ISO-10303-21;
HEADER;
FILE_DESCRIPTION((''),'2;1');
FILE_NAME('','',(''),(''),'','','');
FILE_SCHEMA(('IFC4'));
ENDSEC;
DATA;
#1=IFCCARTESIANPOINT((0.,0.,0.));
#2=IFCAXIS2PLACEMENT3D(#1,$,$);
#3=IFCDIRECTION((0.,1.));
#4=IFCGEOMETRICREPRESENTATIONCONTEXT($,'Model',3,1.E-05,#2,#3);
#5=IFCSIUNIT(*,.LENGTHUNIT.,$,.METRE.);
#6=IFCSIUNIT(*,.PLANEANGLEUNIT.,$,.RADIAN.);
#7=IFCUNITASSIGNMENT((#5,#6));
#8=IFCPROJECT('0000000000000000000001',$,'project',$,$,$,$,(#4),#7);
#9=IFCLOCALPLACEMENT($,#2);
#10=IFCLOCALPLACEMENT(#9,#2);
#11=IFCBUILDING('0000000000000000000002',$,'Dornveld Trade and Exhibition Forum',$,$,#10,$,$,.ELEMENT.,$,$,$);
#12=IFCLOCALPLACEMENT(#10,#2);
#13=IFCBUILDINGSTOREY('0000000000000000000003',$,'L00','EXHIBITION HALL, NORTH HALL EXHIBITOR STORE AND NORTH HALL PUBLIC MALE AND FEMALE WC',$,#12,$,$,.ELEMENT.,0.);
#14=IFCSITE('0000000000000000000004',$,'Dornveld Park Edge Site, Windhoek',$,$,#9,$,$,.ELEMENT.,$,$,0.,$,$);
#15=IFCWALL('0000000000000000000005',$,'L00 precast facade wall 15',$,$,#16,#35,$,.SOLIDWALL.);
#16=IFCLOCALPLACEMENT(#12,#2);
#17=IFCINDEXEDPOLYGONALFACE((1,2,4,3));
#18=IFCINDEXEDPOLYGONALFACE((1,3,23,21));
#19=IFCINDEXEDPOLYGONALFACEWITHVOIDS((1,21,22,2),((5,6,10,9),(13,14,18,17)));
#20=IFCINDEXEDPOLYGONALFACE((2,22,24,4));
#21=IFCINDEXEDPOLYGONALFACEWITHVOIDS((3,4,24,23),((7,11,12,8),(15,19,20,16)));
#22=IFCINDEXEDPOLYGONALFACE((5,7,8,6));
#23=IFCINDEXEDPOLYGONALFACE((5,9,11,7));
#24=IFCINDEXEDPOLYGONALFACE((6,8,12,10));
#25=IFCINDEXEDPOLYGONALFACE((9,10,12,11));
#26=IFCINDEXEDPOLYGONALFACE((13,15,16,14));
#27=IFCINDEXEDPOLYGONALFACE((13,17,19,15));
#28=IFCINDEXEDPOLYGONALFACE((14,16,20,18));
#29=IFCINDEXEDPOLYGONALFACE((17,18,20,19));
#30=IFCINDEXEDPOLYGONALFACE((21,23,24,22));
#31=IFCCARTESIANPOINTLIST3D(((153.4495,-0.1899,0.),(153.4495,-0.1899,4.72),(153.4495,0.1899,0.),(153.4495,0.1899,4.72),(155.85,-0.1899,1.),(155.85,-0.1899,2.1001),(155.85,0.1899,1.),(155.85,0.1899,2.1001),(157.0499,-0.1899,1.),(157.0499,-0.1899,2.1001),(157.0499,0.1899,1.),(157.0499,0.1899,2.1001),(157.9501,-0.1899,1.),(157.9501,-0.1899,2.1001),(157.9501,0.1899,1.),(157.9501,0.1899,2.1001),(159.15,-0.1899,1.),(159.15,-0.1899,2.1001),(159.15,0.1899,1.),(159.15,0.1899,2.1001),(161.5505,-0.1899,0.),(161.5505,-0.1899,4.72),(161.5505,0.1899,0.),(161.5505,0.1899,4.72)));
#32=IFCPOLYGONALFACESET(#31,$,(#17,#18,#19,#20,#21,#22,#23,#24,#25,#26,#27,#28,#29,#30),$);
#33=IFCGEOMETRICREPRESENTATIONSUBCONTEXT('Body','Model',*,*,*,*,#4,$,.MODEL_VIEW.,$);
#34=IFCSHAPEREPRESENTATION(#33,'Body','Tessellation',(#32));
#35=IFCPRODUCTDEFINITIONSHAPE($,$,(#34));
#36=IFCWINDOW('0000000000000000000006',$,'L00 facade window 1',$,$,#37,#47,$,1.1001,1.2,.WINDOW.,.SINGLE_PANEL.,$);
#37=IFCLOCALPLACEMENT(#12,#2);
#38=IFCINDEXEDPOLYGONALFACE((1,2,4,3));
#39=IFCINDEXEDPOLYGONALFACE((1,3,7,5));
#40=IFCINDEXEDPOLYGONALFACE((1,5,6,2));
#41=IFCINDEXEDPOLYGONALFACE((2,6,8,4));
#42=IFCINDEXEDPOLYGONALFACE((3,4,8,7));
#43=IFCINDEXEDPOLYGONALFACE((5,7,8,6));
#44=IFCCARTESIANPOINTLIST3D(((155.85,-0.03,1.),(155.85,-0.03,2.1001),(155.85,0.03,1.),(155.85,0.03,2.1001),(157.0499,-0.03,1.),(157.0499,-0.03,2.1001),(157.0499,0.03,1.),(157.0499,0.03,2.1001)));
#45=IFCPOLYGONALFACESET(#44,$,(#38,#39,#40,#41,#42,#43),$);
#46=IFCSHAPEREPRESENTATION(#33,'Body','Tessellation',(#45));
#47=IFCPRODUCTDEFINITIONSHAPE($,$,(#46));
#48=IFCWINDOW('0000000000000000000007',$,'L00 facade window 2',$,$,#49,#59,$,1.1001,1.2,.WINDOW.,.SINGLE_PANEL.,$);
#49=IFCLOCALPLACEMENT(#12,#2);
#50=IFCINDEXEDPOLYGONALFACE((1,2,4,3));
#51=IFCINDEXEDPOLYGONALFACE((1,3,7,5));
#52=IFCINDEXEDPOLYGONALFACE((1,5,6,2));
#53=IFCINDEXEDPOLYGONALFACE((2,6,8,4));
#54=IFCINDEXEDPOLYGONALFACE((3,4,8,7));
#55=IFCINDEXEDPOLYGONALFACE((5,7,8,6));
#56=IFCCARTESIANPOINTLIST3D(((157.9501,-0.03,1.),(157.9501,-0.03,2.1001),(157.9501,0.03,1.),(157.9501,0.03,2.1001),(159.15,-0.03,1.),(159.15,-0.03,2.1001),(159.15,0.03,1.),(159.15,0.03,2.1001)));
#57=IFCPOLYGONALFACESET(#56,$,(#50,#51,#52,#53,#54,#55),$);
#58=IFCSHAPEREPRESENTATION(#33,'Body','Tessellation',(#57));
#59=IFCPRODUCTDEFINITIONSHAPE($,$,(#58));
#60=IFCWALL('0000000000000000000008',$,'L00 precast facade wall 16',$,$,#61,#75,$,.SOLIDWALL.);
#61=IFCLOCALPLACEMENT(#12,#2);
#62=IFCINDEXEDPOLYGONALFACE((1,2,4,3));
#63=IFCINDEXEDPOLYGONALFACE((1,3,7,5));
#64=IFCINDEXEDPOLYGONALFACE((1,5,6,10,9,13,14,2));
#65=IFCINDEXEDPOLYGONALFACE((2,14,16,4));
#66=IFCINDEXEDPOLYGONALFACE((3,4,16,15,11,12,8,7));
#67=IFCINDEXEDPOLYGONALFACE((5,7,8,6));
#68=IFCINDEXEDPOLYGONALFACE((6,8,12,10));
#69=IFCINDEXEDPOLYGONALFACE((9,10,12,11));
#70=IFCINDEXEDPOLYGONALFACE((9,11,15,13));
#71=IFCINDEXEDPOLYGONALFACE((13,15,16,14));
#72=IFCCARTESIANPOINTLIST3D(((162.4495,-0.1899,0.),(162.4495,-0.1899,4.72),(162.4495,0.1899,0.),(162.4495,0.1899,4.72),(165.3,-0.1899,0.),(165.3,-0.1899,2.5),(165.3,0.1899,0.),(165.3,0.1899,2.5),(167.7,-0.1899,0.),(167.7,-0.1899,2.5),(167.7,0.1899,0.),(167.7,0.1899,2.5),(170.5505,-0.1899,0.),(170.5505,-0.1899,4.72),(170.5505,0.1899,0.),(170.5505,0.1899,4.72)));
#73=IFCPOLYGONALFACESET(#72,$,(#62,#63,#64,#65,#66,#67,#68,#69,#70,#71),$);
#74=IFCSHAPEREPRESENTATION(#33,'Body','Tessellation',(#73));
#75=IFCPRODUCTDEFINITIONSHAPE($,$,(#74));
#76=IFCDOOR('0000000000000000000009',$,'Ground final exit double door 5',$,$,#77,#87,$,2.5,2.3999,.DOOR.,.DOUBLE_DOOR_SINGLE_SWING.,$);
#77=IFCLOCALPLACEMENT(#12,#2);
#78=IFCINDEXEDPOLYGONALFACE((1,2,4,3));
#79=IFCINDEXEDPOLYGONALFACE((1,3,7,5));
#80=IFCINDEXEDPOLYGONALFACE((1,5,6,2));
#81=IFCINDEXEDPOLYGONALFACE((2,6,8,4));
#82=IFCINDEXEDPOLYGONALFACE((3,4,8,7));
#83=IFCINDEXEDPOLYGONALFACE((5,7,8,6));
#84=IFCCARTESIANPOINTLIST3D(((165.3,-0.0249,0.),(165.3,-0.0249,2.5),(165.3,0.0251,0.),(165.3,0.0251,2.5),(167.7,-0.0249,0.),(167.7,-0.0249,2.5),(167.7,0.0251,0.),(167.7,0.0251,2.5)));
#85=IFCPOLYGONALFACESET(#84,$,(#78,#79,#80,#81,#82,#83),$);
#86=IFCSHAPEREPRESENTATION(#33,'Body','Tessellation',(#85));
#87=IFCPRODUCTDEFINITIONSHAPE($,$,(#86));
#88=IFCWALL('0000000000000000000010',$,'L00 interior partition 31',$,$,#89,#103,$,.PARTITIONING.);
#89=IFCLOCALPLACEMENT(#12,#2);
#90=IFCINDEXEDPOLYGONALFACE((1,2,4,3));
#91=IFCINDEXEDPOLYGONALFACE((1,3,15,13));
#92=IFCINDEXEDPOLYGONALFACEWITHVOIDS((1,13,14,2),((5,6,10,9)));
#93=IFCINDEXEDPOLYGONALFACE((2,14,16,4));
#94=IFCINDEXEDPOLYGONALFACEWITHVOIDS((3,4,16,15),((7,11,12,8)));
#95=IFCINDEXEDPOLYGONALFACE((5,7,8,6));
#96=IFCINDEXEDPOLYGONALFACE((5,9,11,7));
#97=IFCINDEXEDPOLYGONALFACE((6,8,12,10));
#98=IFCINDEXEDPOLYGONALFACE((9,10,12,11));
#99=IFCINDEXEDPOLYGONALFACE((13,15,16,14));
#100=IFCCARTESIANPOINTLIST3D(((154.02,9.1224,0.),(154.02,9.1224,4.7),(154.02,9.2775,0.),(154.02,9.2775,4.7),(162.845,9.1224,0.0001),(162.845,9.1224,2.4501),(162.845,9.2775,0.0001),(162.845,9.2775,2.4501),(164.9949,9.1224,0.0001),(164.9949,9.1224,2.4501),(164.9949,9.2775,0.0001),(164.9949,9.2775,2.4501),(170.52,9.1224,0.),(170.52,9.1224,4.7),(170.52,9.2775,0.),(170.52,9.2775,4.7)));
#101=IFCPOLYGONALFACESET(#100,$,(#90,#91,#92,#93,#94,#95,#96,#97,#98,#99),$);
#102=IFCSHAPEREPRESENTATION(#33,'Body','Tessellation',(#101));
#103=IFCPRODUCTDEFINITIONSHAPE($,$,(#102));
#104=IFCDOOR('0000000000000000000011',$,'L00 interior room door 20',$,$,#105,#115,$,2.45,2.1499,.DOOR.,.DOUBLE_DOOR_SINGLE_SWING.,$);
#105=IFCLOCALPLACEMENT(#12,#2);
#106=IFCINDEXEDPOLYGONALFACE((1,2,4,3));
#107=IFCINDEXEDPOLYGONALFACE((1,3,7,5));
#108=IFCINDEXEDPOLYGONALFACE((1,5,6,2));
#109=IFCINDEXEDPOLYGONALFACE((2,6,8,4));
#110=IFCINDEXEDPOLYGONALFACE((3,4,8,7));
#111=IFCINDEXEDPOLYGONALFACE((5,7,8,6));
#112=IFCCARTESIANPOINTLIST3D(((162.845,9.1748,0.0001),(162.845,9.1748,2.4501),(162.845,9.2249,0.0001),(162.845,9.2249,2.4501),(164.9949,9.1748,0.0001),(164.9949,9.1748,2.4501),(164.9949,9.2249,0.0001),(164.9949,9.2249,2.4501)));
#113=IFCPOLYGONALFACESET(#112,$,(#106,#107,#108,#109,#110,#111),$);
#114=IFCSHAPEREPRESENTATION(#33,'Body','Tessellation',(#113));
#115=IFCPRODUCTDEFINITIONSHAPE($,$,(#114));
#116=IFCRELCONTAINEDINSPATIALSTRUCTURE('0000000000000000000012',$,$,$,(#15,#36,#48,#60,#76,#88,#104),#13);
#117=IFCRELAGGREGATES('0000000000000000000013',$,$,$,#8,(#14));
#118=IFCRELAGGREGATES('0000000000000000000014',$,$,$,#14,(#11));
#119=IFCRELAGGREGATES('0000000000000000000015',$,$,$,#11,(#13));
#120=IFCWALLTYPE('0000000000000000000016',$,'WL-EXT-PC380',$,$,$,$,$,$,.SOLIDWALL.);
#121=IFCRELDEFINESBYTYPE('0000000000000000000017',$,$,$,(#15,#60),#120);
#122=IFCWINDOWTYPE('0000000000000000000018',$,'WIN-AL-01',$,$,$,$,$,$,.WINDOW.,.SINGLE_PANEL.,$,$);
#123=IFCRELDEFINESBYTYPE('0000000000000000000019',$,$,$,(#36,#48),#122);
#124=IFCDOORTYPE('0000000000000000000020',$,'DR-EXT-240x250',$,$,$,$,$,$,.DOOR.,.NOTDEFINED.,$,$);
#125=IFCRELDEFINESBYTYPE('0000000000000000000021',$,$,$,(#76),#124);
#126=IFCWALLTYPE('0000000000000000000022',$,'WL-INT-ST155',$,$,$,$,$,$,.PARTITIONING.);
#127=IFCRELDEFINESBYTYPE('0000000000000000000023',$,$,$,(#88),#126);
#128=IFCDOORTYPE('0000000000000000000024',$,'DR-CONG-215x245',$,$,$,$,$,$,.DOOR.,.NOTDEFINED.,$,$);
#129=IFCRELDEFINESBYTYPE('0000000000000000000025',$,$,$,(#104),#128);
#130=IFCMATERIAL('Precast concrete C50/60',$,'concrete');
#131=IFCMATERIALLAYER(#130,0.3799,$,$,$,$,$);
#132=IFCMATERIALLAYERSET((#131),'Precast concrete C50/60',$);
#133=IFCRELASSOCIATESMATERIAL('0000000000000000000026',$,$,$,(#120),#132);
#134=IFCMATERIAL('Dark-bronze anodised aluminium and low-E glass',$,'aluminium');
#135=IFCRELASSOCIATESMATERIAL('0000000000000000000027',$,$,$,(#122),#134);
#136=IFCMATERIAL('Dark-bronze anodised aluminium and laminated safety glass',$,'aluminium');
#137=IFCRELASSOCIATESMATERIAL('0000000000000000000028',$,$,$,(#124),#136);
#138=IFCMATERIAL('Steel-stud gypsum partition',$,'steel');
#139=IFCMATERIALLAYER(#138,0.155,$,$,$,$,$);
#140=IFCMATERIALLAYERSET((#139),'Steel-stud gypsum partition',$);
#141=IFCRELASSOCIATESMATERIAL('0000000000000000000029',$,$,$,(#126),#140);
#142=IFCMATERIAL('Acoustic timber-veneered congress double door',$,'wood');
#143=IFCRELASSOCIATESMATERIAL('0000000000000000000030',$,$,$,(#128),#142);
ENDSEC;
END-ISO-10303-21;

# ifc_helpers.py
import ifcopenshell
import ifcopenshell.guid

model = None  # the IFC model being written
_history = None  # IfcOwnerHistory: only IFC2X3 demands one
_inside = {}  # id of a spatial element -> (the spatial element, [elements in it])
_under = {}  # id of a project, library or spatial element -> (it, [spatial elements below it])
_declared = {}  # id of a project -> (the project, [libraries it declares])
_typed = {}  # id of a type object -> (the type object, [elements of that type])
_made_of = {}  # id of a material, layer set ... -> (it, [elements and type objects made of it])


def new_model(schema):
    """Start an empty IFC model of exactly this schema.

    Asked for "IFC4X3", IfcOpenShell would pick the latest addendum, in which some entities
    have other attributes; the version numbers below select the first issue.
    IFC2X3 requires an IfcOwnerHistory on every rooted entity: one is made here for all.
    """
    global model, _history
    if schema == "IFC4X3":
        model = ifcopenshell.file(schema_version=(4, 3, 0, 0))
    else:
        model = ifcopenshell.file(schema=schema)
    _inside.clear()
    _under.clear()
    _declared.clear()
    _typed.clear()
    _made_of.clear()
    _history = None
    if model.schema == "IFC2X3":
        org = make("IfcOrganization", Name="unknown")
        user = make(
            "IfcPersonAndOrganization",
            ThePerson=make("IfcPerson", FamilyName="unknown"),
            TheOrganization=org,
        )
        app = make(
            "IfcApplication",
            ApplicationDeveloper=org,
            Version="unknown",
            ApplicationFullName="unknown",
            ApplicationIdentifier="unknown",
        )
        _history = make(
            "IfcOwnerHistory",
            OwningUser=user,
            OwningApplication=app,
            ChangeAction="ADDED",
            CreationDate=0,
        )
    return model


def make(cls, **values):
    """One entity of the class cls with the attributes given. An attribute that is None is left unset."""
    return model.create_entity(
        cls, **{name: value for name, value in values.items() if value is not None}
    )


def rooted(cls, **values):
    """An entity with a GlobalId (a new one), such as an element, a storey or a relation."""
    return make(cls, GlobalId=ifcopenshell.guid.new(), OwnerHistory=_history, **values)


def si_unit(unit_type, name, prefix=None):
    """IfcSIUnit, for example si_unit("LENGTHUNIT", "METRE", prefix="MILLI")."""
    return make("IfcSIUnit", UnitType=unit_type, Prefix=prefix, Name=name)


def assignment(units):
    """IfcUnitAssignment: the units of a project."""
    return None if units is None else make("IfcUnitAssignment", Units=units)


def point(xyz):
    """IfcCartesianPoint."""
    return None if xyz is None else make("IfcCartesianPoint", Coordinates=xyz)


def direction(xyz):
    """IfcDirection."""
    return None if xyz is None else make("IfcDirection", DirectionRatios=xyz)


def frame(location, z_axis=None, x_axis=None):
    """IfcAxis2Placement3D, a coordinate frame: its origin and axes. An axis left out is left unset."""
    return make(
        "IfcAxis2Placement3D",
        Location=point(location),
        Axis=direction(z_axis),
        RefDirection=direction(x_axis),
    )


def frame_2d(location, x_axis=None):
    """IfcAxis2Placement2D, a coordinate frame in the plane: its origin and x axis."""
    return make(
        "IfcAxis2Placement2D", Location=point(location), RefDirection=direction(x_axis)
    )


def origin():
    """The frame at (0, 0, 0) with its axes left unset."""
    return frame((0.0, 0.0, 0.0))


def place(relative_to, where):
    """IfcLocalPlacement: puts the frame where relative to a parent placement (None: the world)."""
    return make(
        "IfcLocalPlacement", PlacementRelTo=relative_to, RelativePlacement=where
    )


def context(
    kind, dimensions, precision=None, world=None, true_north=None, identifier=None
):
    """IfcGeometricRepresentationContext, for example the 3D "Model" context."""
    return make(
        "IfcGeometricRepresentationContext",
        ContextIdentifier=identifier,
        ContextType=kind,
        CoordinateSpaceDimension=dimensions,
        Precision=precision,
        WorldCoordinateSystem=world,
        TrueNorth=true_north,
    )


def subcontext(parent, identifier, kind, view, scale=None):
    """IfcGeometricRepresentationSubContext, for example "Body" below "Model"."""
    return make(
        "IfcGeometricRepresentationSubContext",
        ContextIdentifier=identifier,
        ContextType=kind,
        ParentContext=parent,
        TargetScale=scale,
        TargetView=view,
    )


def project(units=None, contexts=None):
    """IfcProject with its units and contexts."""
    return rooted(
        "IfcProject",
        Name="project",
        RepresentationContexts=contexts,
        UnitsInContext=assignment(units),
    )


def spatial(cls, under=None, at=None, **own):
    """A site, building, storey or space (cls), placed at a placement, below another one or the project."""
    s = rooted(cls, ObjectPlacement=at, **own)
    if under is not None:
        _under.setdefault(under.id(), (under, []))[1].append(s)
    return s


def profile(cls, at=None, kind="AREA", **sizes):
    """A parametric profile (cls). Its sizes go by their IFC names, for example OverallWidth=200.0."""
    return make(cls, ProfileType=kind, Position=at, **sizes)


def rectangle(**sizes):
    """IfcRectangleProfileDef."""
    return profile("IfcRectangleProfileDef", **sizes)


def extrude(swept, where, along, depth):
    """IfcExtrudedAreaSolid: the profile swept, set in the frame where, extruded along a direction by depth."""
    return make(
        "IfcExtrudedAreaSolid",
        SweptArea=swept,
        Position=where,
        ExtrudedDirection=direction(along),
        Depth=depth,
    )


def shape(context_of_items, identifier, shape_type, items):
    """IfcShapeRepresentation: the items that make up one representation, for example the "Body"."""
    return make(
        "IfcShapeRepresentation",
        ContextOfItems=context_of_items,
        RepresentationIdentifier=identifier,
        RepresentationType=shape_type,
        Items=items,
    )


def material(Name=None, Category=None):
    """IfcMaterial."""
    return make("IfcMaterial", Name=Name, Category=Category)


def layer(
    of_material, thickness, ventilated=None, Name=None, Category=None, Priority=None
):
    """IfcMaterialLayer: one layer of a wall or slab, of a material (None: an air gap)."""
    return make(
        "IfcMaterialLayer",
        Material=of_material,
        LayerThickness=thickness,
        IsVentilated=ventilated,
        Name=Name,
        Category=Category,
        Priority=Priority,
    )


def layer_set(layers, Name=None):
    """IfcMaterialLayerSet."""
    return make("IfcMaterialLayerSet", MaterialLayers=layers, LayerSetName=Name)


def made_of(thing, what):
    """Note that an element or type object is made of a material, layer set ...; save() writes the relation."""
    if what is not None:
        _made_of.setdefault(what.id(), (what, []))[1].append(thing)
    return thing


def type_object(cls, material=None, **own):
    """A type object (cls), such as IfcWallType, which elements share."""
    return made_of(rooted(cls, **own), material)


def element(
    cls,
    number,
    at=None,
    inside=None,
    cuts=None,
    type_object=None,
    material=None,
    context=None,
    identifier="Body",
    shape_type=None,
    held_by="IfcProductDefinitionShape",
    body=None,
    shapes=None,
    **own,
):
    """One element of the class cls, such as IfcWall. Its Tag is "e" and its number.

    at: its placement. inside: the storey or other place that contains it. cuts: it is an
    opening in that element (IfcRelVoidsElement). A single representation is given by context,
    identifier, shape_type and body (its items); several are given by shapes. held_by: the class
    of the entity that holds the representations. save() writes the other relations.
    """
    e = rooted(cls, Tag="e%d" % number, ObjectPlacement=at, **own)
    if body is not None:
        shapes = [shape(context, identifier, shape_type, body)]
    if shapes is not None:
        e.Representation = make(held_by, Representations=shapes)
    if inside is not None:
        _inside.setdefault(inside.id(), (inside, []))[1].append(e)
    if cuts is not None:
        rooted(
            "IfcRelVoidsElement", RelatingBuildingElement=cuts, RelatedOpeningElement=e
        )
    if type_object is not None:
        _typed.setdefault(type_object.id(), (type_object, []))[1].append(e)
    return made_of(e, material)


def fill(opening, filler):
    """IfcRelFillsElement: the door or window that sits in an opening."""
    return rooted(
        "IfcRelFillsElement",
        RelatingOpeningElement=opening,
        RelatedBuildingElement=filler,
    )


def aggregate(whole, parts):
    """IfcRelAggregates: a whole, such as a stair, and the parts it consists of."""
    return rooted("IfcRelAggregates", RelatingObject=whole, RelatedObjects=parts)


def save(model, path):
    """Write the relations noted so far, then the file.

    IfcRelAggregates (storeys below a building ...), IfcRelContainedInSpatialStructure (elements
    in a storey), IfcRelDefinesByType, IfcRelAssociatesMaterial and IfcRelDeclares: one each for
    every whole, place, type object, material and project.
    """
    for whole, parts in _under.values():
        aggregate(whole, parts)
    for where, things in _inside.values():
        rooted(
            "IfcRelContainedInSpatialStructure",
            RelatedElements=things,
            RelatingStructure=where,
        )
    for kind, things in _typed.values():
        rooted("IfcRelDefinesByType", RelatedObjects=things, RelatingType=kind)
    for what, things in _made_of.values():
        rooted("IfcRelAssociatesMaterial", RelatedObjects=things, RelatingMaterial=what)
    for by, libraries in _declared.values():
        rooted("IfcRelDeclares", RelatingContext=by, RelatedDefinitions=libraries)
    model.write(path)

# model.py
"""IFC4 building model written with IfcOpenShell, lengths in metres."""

from ifc_helpers import new_model, si_unit, direction, frame, frame_2d, origin, place, context, subcontext, project, spatial, rectangle, extrude, material, layer, layer_set, type_object, element, fill, save


model = new_model("IFC4")

# Units and contexts
model_context = context("Model", 3, precision=1e-05, world=origin(), true_north=direction((0.0, 1.0)))
body_context = subcontext(model_context, "Body", "Model", "MODEL_VIEW")
ifc_project = project(units=[si_unit("LENGTHUNIT", "METRE"), si_unit("PLANEANGLEUNIT", "RADIAN")], contexts=[model_context])

# Site, building, storey
site_placement = place(None, origin())
site = spatial("IfcSite", under=ifc_project, at=site_placement, Name="Dornveld Park Edge Site, Windhoek", CompositionType="ELEMENT", RefElevation=0.0)
building_placement = place(site_placement, origin())
building = spatial("IfcBuilding", under=site, at=building_placement, Name="Dornveld Trade and Exhibition Forum", CompositionType="ELEMENT")
storey_placement = place(building_placement, origin())
storey = spatial("IfcBuildingStorey", under=building, at=storey_placement, Name="L00", Description="EXHIBITION HALL, NORTH HALL EXHIBITOR STORE AND NORTH HALL PUBLIC MALE AND FEMALE WC", CompositionType="ELEMENT", Elevation=0.0)

# Wall, openings, windows
ifc_material_1 = material(Name="Precast concrete C50/60", Category="concrete")
ifc_layer_1 = layer(ifc_material_1, 0.3799)
ifc_layer_set_1 = layer_set([ifc_layer_1], Name="Precast concrete C50/60")
wall_type_1 = type_object("IfcWallType", Name="WL-EXT-PC380", PredefinedType="SOLIDWALL", material=ifc_layer_set_1)
wall_1_placement = place(storey_placement, frame((153.4495, 0.0, 0.0), z_axis=(0.0, 0.0, 1.0), x_axis=(1.0, 0.0, 0.0)))
wall_1 = element("IfcWall", 1, at=wall_1_placement, inside=storey, type_object=wall_type_1, Name="L00 precast facade wall 15", PredefinedType="SOLIDWALL", context=body_context, shape_type="SweptSolid", body=[
    extrude(rectangle(XDim=8.1011, YDim=0.3799, at=frame_2d((4.0505, 0.0))), origin(), (0.0, 0.0, 1.0), 4.72),
])
opening_1_placement = place(wall_1_placement, frame((2.4004, 0.0, 1.0)))
opening_1 = element("IfcOpeningElement", 2, at=opening_1_placement, cuts=wall_1, PredefinedType="OPENING", context=body_context, shape_type="SweptSolid", body=[
    extrude(rectangle(XDim=1.2, YDim=1.1001, at=frame_2d((0.6001, 0.55))), frame((0.0, 0.2, 0.0), z_axis=(0.0, -1.0, 0.0), x_axis=(1.0, 0.0, 0.0)), (0.0, 0.0, 1.0), 0.3999),
])
opening_2_placement = place(wall_1_placement, frame((4.5005, 0.0, 1.0)))
opening_2 = element("IfcOpeningElement", 3, at=opening_2_placement, cuts=wall_1, PredefinedType="OPENING", context=body_context, shape_type="SweptSolid", body=[
    extrude(rectangle(XDim=1.2, YDim=1.1001, at=frame_2d((0.6001, 0.55))), frame((0.0, 0.2, 0.0), z_axis=(0.0, -1.0, 0.0), x_axis=(1.0, 0.0, 0.0)), (0.0, 0.0, 1.0), 0.3999),
])
ifc_material_2 = material(Name="Dark-bronze anodised aluminium and low-E glass", Category="aluminium")
window_type = type_object("IfcWindowType", Name="WIN-AL-01", PartitioningType="SINGLE_PANEL", PredefinedType="WINDOW", material=ifc_material_2)
window_1_placement = place(opening_1_placement, origin())
window_1 = element("IfcWindow", 4, at=window_1_placement, inside=storey, type_object=window_type, Name="L00 facade window 1", OverallHeight=1.1001, OverallWidth=1.2, PartitioningType="SINGLE_PANEL", PredefinedType="WINDOW", context=body_context, shape_type="SweptSolid", body=[
    extrude(rectangle(XDim=1.2, YDim=1.1001, at=frame_2d((0.6001, 0.55))), frame((0.0, 0.03, 0.0), z_axis=(0.0, -1.0, 0.0), x_axis=(1.0, 0.0, 0.0)), (0.0, 0.0, 1.0), 0.0601),
])
fill(opening_1, window_1)
window_2_placement = place(opening_2_placement, origin())
window_2 = element("IfcWindow", 5, at=window_2_placement, inside=storey, type_object=window_type, Name="L00 facade window 2", OverallHeight=1.1001, OverallWidth=1.2, PartitioningType="SINGLE_PANEL", PredefinedType="WINDOW", context=body_context, shape_type="SweptSolid", body=[
    extrude(rectangle(XDim=1.2, YDim=1.1001, at=frame_2d((0.6001, 0.55))), frame((0.0, 0.03, 0.0), z_axis=(0.0, -1.0, 0.0), x_axis=(1.0, 0.0, 0.0)), (0.0, 0.0, 1.0), 0.0601),
])
fill(opening_2, window_2)

# Walls, openings, doors
wall_2_placement = place(storey_placement, frame((162.4495, 0.0, 0.0), z_axis=(0.0, 0.0, 1.0), x_axis=(1.0, 0.0, 0.0)))
wall_2 = element("IfcWall", 6, at=wall_2_placement, inside=storey, type_object=wall_type_1, Name="L00 precast facade wall 16", PredefinedType="SOLIDWALL", context=body_context, shape_type="SweptSolid", body=[
    extrude(rectangle(XDim=8.1011, YDim=0.3799, at=frame_2d((4.0505, 0.0))), origin(), (0.0, 0.0, 1.0), 4.72),
])
opening_3_placement = place(wall_2_placement, frame((2.8506, 0.0, 0.0)))
opening_3 = element("IfcOpeningElement", 7, at=opening_3_placement, cuts=wall_2, PredefinedType="OPENING", context=body_context, shape_type="SweptSolid", body=[
    extrude(rectangle(XDim=2.3999, YDim=2.5, at=frame_2d((1.2, 1.25))), frame((0.0, 0.2, 0.0), z_axis=(0.0, -1.0, 0.0), x_axis=(1.0, 0.0, 0.0)), (0.0, 0.0, 1.0), 0.3999),
])
ifc_material_3 = material(Name="Dark-bronze anodised aluminium and laminated safety glass", Category="aluminium")
door_type_1 = type_object("IfcDoorType", Name="DR-EXT-240x250", OperationType="NOTDEFINED", PredefinedType="DOOR", material=ifc_material_3)
door_1_placement = place(opening_3_placement, frame((2.3999, 0.0, 0.0), z_axis=(0.0, 0.0, 1.0), x_axis=(-1.0, 0.0, 0.0)))
door_1 = element("IfcDoor", 8, at=door_1_placement, inside=storey, type_object=door_type_1, Name="Ground final exit double door 5", OperationType="DOUBLE_DOOR_SINGLE_SWING", OverallHeight=2.5, OverallWidth=2.3999, PredefinedType="DOOR", context=body_context, shape_type="SweptSolid", body=[
    extrude(rectangle(XDim=2.3999, YDim=2.5, at=frame_2d((1.2, 1.25))), frame((0.0, 0.0249, 0.0), z_axis=(0.0, -1.0, 0.0), x_axis=(1.0, 0.0, 0.0)), (0.0, 0.0, 1.0), 0.05),
])
fill(opening_3, door_1)
ifc_material_4 = material(Name="Steel-stud gypsum partition", Category="steel")
ifc_layer_2 = layer(ifc_material_4, 0.155)
ifc_layer_set_2 = layer_set([ifc_layer_2], Name="Steel-stud gypsum partition")
wall_type_2 = type_object("IfcWallType", Name="WL-INT-ST155", PredefinedType="PARTITIONING", material=ifc_layer_set_2)
wall_3_placement = place(storey_placement, frame((154.02, 9.2, 0.0), z_axis=(0.0, 0.0, 1.0), x_axis=(1.0, 0.0, 0.0)))
wall_3 = element("IfcWall", 9, at=wall_3_placement, inside=storey, type_object=wall_type_2, Name="L00 interior partition 31", PredefinedType="PARTITIONING", context=body_context, shape_type="SweptSolid", body=[
    extrude(rectangle(XDim=16.5, YDim=0.155, at=frame_2d((8.25, 0.0))), origin(), (0.0, 0.0, 1.0), 4.7),
])
opening_4_placement = place(wall_3_placement, frame((8.825, 0.0, 0.0)))
opening_4 = element("IfcOpeningElement", 10, at=opening_4_placement, cuts=wall_3, PredefinedType="OPENING", context=body_context, shape_type="SweptSolid", body=[
    extrude(rectangle(XDim=2.1499, YDim=2.45, at=frame_2d((1.075, 1.2251))), frame((0.0, 0.0874, 0.0), z_axis=(0.0, -1.0, 0.0), x_axis=(1.0, 0.0, 0.0)), (0.0, 0.0, 1.0), 0.175),
])
ifc_material_5 = material(Name="Acoustic timber-veneered congress double door", Category="wood")
door_type_2 = type_object("IfcDoorType", Name="DR-CONG-215x245", OperationType="NOTDEFINED", PredefinedType="DOOR", material=ifc_material_5)
door_2_placement = place(opening_4_placement, origin())
door_2 = element("IfcDoor", 11, at=door_2_placement, inside=storey, type_object=door_type_2, Name="L00 interior room door 20", OperationType="DOUBLE_DOOR_SINGLE_SWING", OverallHeight=2.45, OverallWidth=2.1499, PredefinedType="DOOR", context=body_context, shape_type="SweptSolid", body=[
    extrude(rectangle(XDim=2.1499, YDim=2.45, at=frame_2d((1.075, 1.2251))), frame((0.0, 0.0249, 0.0), z_axis=(0.0, -1.0, 0.0), x_axis=(1.0, 0.0, 0.0)), (0.0, 0.0, 1.0), 0.05),
])
fill(opening_4, door_2)

save(model, "model.ifc")
